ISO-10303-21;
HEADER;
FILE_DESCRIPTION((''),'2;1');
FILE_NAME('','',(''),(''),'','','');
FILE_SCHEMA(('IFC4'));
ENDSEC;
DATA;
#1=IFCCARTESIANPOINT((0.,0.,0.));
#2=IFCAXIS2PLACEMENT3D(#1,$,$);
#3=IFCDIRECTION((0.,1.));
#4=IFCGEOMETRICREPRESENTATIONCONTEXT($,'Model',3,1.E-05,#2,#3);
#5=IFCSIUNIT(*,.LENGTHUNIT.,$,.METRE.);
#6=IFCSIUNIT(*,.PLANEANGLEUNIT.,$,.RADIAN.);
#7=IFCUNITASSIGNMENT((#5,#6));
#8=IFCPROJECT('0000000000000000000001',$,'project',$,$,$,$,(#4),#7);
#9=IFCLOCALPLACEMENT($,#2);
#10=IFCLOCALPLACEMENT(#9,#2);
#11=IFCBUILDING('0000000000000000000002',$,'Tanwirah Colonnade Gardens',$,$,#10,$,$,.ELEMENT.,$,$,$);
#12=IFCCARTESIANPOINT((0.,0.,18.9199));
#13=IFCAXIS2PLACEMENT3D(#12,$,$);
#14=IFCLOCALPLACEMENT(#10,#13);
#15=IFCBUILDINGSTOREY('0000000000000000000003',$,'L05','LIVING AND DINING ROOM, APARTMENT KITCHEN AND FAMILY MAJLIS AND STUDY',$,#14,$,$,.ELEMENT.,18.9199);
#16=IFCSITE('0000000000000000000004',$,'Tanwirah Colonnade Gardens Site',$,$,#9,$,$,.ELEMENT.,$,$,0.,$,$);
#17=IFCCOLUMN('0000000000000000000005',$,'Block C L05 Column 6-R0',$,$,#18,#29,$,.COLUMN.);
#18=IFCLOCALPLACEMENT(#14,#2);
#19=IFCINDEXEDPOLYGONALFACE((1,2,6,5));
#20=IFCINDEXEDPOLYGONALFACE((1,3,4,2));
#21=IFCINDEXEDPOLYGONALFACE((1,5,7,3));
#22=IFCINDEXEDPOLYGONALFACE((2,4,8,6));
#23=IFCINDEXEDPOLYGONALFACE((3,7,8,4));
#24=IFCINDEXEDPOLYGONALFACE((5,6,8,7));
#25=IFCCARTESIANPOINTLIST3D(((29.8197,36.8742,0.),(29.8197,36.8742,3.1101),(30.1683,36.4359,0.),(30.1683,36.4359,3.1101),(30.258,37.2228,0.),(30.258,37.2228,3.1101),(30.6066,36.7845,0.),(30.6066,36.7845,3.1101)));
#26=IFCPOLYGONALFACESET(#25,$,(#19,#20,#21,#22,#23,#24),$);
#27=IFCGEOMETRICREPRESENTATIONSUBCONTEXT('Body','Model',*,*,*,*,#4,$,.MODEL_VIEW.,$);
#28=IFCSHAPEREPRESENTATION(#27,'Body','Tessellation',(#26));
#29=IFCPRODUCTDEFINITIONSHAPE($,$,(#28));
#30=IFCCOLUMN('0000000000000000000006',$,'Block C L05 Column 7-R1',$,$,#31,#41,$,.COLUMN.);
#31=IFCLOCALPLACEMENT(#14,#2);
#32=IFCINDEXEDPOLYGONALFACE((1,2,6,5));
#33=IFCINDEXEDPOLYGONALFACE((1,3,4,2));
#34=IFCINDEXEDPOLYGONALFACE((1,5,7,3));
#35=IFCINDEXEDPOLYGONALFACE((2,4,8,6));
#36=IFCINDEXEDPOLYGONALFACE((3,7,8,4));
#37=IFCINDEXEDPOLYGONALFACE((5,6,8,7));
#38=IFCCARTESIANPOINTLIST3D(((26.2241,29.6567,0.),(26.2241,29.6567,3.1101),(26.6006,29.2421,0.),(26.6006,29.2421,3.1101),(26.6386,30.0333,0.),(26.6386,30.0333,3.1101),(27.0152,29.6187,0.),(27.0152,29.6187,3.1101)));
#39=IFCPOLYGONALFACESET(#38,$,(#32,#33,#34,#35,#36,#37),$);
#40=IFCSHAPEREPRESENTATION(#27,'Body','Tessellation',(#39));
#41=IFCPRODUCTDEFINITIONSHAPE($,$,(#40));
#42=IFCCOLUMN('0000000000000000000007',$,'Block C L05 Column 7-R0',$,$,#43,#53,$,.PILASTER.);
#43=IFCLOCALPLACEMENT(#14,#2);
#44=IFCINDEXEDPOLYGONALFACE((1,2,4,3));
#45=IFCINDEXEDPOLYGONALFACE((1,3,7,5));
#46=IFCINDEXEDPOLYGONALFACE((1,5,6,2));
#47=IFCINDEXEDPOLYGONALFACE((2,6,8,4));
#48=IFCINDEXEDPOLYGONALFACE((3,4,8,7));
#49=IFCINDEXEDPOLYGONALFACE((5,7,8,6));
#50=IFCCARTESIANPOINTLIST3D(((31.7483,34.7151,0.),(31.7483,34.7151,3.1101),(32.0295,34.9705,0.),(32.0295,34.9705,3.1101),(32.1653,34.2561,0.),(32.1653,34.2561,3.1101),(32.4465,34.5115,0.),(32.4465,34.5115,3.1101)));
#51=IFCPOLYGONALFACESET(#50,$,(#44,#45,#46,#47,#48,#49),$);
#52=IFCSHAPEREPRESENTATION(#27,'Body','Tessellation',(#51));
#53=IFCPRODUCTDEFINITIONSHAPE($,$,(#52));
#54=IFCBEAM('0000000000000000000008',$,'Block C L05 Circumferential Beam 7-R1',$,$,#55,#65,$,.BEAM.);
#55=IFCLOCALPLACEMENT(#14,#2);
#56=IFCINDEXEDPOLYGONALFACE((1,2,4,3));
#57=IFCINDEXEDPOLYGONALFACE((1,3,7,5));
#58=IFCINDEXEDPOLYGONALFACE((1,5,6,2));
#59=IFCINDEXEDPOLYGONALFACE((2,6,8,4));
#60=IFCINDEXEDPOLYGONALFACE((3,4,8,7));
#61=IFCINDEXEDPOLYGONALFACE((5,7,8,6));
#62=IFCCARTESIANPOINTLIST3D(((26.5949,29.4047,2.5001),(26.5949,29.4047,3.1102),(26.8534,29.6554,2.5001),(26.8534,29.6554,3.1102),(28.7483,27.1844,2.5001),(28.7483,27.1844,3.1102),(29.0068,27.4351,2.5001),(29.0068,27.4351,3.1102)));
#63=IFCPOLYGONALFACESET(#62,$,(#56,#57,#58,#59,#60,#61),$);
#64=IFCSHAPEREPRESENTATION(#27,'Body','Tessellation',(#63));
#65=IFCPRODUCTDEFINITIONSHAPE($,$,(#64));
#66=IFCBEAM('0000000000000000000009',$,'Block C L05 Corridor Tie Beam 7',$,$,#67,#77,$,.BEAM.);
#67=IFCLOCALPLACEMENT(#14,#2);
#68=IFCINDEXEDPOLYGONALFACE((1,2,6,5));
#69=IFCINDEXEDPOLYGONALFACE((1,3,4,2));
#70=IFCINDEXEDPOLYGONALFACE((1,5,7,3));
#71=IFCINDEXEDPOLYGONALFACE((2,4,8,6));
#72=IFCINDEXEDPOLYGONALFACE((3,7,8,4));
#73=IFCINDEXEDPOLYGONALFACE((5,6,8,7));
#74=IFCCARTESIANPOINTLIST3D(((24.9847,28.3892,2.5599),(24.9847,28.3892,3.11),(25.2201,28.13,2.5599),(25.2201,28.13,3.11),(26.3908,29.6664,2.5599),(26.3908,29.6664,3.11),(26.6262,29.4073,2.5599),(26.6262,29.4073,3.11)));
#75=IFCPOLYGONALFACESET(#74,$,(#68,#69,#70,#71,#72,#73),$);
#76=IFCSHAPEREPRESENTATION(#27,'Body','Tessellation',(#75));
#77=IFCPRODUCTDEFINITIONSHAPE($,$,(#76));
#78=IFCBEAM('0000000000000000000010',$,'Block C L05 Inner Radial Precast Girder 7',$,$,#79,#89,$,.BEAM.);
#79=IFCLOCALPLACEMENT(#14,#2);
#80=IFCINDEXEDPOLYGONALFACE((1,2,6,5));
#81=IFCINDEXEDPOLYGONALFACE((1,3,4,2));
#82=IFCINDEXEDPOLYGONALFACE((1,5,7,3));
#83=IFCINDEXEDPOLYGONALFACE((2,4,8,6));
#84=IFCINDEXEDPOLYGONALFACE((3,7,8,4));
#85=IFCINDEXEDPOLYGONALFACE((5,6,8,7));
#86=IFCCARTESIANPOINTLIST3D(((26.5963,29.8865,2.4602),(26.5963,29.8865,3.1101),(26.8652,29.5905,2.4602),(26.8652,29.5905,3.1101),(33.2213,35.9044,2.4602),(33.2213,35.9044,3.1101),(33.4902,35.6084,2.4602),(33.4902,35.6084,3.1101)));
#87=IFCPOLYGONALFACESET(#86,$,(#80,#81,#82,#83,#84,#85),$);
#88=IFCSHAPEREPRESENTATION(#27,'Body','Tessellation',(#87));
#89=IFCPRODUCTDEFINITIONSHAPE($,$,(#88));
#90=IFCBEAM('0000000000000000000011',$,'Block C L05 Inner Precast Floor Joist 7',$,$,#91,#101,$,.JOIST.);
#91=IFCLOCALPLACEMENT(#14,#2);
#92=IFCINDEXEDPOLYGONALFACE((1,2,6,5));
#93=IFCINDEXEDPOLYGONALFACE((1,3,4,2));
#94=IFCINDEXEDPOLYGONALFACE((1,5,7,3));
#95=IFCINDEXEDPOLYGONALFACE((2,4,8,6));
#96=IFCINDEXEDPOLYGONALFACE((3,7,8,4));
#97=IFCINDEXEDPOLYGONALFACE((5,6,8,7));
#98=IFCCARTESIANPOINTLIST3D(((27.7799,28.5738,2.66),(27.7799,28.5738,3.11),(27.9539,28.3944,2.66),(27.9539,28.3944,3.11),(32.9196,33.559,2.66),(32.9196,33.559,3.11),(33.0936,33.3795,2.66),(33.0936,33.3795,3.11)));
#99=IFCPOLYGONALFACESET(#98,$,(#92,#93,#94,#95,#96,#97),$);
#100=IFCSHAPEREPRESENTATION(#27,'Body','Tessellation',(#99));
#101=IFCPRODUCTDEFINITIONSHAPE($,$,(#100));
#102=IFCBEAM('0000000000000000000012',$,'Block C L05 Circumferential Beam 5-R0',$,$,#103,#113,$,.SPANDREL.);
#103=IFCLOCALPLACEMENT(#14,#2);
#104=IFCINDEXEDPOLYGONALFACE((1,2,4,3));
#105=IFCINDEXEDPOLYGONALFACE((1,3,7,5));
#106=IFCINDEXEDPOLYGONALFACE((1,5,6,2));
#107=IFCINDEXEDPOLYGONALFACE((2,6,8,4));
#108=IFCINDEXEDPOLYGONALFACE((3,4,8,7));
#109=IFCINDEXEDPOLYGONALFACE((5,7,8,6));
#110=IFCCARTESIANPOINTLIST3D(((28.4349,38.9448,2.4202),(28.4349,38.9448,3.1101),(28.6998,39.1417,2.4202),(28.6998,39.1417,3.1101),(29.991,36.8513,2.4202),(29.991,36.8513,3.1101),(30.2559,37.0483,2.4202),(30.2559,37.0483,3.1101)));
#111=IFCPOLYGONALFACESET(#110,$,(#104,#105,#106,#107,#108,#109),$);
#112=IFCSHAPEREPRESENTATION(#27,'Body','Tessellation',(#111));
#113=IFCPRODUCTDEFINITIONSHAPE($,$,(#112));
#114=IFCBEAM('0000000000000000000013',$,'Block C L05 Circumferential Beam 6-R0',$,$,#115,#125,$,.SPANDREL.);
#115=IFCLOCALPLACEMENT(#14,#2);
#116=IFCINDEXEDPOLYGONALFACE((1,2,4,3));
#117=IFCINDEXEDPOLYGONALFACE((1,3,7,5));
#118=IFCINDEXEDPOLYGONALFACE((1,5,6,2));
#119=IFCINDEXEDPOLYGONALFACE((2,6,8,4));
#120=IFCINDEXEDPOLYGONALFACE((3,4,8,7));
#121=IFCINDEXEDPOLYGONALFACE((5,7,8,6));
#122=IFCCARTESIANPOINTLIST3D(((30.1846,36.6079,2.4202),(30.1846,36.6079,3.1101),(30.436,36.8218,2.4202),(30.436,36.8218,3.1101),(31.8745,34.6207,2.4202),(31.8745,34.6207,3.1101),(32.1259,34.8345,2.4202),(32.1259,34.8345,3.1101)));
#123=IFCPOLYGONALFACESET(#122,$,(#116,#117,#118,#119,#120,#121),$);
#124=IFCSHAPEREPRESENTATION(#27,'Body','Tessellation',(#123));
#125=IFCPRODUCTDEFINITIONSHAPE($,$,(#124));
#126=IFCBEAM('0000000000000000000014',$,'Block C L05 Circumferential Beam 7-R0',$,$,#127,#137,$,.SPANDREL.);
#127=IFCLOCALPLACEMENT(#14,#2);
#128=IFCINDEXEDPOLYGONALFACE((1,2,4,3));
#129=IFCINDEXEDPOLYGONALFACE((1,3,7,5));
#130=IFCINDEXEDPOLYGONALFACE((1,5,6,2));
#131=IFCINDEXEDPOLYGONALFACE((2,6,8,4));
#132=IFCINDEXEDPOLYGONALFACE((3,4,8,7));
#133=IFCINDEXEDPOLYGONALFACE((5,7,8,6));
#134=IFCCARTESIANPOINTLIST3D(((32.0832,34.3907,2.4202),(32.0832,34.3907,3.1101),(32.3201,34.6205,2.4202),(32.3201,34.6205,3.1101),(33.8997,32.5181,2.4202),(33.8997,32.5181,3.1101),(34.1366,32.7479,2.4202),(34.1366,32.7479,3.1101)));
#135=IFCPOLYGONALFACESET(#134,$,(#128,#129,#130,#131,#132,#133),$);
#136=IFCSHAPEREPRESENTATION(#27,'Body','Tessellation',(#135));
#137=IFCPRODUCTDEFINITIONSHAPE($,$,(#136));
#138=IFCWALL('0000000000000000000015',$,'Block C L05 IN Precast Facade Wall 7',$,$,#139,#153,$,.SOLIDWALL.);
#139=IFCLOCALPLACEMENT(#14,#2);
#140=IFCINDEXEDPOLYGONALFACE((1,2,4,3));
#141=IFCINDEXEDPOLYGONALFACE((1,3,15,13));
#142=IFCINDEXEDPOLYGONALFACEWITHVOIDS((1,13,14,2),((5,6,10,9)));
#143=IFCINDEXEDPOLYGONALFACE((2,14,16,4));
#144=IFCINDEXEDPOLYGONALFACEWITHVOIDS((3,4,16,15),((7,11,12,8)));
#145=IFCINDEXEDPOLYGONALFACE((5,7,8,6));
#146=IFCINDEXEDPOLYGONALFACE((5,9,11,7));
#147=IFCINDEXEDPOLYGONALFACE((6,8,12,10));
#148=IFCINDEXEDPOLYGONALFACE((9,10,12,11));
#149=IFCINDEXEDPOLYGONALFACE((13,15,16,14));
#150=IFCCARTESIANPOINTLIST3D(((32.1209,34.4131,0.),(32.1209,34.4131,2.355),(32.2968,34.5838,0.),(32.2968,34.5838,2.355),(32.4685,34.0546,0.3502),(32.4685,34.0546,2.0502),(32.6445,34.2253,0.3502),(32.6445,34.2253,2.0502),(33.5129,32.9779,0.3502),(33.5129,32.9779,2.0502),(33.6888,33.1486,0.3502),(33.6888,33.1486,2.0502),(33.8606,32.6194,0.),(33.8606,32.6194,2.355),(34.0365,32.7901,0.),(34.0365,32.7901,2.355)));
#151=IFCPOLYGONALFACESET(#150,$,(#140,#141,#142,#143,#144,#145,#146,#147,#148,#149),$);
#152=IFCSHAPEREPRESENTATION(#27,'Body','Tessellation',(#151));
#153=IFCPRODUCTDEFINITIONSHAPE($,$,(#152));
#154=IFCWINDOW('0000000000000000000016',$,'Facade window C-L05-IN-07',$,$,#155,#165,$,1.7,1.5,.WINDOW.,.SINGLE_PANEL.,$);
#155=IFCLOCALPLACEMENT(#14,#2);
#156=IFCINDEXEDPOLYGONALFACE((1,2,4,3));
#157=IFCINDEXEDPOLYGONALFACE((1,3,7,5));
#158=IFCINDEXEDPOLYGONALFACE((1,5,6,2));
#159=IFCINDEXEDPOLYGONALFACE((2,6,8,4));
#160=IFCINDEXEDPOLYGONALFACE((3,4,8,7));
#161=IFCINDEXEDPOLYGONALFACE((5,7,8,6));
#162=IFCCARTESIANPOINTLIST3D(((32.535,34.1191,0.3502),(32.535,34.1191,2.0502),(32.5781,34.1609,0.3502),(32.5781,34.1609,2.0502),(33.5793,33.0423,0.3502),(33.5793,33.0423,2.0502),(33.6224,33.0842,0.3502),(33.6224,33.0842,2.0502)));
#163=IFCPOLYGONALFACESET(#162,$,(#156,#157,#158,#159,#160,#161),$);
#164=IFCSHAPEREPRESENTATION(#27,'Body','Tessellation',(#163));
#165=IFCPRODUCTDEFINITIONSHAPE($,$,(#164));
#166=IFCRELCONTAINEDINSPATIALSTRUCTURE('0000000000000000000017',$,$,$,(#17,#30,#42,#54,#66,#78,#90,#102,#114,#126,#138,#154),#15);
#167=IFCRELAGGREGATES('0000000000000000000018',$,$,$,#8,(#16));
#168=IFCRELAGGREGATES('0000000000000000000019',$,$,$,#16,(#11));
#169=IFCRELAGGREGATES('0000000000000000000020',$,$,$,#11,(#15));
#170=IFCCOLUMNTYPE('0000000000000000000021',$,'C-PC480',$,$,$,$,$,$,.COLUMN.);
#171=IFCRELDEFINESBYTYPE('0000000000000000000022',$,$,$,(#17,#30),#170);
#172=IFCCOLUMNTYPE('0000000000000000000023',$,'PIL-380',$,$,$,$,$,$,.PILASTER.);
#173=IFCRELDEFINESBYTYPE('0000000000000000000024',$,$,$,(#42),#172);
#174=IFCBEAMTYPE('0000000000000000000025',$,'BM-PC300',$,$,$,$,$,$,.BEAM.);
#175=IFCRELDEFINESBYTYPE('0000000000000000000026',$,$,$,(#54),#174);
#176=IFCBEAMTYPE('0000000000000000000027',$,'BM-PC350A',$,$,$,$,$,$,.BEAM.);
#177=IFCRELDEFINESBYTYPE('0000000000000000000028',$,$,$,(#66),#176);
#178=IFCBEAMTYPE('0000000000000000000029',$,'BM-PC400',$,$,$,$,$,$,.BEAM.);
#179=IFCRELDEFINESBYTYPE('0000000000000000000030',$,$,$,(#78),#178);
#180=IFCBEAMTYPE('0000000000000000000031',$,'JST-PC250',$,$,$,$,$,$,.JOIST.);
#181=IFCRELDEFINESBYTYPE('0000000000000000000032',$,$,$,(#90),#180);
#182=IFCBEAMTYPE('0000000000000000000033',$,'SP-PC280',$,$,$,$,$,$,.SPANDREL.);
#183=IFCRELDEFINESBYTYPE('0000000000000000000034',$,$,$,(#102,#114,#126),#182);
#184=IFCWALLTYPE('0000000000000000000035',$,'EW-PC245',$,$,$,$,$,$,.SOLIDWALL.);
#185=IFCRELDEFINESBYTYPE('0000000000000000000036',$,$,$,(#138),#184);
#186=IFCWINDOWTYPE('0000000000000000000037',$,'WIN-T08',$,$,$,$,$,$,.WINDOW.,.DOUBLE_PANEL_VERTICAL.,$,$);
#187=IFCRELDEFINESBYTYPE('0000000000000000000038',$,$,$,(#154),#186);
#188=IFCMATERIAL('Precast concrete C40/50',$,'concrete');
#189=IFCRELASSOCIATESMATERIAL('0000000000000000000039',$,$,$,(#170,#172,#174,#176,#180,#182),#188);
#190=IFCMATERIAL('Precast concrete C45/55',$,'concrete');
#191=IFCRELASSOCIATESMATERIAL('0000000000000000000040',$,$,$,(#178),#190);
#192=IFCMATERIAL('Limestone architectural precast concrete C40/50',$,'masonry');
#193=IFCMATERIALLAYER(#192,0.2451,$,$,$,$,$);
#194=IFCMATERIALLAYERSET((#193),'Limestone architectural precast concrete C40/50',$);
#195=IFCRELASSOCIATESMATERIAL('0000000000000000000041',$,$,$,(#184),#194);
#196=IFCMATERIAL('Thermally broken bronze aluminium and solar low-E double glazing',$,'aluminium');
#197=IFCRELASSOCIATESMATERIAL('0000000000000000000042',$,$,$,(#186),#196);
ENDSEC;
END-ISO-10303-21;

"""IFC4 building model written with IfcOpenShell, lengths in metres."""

from ifc_helpers import new_model, si_unit, direction, frame, frame_2d, origin, origin_2d, place, context, subcontext, project, spatial, rectangle, extrude, material, layer, layer_set, material_profile, profile_set, type_object, element, fill, save


model = new_model("IFC4")

# Units and contexts
model_context = context("Model", 3, precision=1e-05, world=origin(), true_north=direction((0.0, 1.0)))
body_context = subcontext(model_context, "Body", "Model", "MODEL_VIEW")
ifc_project = project(units=[si_unit("LENGTHUNIT", "METRE"), si_unit("PLANEANGLEUNIT", "RADIAN")], contexts=[model_context])

# Site, building, storey
site_placement = place(None, origin())
site = spatial("IfcSite", under=ifc_project, at=site_placement, Name="Tanwirah Colonnade Gardens Site", CompositionType="ELEMENT", RefElevation=0.0)
building_placement = place(site_placement, origin())
building = spatial("IfcBuilding", under=site, at=building_placement, Name="Tanwirah Colonnade Gardens", CompositionType="ELEMENT")
storey_placement = place(building_placement, frame((0.0, 0.0, 18.9199)))
storey = spatial("IfcBuildingStorey", under=building, at=storey_placement, Name="L05", Description="LIVING AND DINING ROOM, APARTMENT KITCHEN AND FAMILY MAJLIS AND STUDY", CompositionType="ELEMENT", Elevation=18.9199)

# Columns
ifc_material_1 = material(Name="Precast concrete C40/50", Category="concrete")
ifc_material_profile_1 = material_profile(ifc_material_1, rectangle(XDim=0.5601, YDim=0.5601, at=origin_2d()), Name="PC-COL 560x560")
ifc_profile_set_1 = profile_set([ifc_material_profile_1], Name="Precast concrete C40/50")
column_type_1 = type_object("IfcColumnType", Name="C-PC480", PredefinedType="COLUMN", material=ifc_profile_set_1)
for number, where, z_axis, x_axis, name in (
    (1, (30.2131, 36.8293, 0.0), (0.0, 0.0, 1.0), (-0.782608, -0.622515, 0.0), "Block C L05 Column 6-R0"),
    (2, (26.6196, 29.6377, 0.0), (0.0, 0.0, 1.0), (-0.740218, -0.672367, 0.0), "Block C L05 Column 7-R1"),
):
    element("IfcColumn", number, at=place(storey_placement, frame(where, z_axis=z_axis, x_axis=x_axis)), inside=storey, type_object=column_type_1, Name=name, PredefinedType="COLUMN", context=body_context, shape_type="SweptSolid", body=[
        extrude(rectangle(XDim=0.5601, YDim=0.5601, at=origin_2d()), origin(), (0.0, 0.0, 1.0), 3.1101),
    ])
ifc_material_profile_2 = material_profile(ifc_material_1, rectangle(XDim=0.3799, YDim=0.6201, at=origin_2d()), Name="PC-PIL 380x620")
ifc_profile_set_2 = profile_set([ifc_material_profile_2], Name="Precast concrete C40/50")
column_type_2 = type_object("IfcColumnType", Name="PIL-380", PredefinedType="PILASTER", material=ifc_profile_set_2)
column_placement = place(storey_placement, frame((32.0974, 34.6133, 0.0), z_axis=(0.0, 0.0, 1.0), x_axis=(-0.740218, -0.672367, 0.0)))
element("IfcColumn", 3, at=column_placement, inside=storey, type_object=column_type_2, Name="Block C L05 Column 7-R0", PredefinedType="PILASTER", context=body_context, shape_type="SweptSolid", body=[
    extrude(rectangle(XDim=0.3799, YDim=0.6201, at=origin_2d()), origin(), (0.0, 0.0, 1.0), 3.1101),
])

# Beams
ifc_material_profile_3 = material_profile(ifc_material_1, rectangle(XDim=0.3601, YDim=0.6101, at=origin_2d()), Name="PC-BM 360x610")
ifc_profile_set_3 = profile_set([ifc_material_profile_3], Name="Precast concrete C40/50")
beam_type_1 = type_object("IfcBeamType", Name="BM-PC300", PredefinedType="BEAM", material=ifc_profile_set_3)
beam_1_placement = place(storey_placement, frame((26.7241, 29.53, 2.8052), z_axis=(0.69621, -0.717838, 0.0), x_axis=(0.717838, 0.69621, 0.0)))
element("IfcBeam", 4, at=beam_1_placement, inside=storey, type_object=beam_type_1, Name="Block C L05 Circumferential Beam 7-R1", PredefinedType="BEAM", context=body_context, shape_type="SweptSolid", body=[
    extrude(rectangle(XDim=0.3601, YDim=0.6101, at=origin_2d()), origin(), (0.0, 0.0, 1.0), 3.093),
])
ifc_material_profile_4 = material_profile(ifc_material_1, rectangle(XDim=0.3501, YDim=0.55, at=origin_2d()), Name="PC-BM 350x550")
ifc_profile_set_4 = profile_set([ifc_material_profile_4], Name="Precast concrete C40/50")
beam_type_2 = type_object("IfcBeamType", Name="BM-PC350A", PredefinedType="BEAM", material=ifc_profile_set_4)
beam_2_placement = place(storey_placement, frame((26.5085, 29.5369, 2.835), z_axis=(-0.740219, -0.672366, 0.0), x_axis=(0.672366, -0.740219, 0.0)))
element("IfcBeam", 5, at=beam_2_placement, inside=storey, type_object=beam_type_2, Name="Block C L05 Corridor Tie Beam 7", PredefinedType="BEAM", context=body_context, shape_type="SweptSolid", body=[
    extrude(rectangle(XDim=0.3501, YDim=0.55, at=origin_2d()), origin(), (0.0, 0.0, 1.0), 1.8997),
])
ifc_material_2 = material(Name="Precast concrete C45/55", Category="concrete")
ifc_material_profile_5 = material_profile(ifc_material_2, rectangle(XDim=0.3999, YDim=0.6499, at=origin_2d()), Name="PC-BM 400x650")
ifc_profile_set_5 = profile_set([ifc_material_profile_5], Name="Precast concrete C45/55")
beam_type_3 = type_object("IfcBeamType", Name="BM-PC400", PredefinedType="BEAM", material=ifc_profile_set_5)
beam_3_placement = place(storey_placement, frame((26.7307, 29.7385, 2.7852), z_axis=(0.740213, 0.672373, 0.0), x_axis=(-0.672373, 0.740213, 0.0)))
element("IfcBeam", 6, at=beam_3_placement, inside=storey, type_object=beam_type_3, Name="Block C L05 Inner Radial Precast Girder 7", PredefinedType="BEAM", context=body_context, shape_type="SweptSolid", body=[
    extrude(rectangle(XDim=0.3999, YDim=0.6499, at=origin_2d()), origin(), (0.0, 0.0, 1.0), 8.9502),
])
ifc_material_profile_6 = material_profile(ifc_material_1, rectangle(XDim=0.25, YDim=0.45, at=origin_2d()), Name="PC-JST 250x450")
ifc_profile_set_6 = profile_set([ifc_material_profile_6], Name="Precast concrete C40/50")
beam_type_4 = type_object("IfcBeamType", Name="JST-PC250", PredefinedType="JOIST", material=ifc_profile_set_6)
beam_4_placement = place(storey_placement, frame((33.0066, 33.4692, 2.885), z_axis=(-0.717816, -0.696233, 0.0), x_axis=(0.696233, -0.717816, 0.0)))
element("IfcBeam", 7, at=beam_4_placement, inside=storey, type_object=beam_type_4, Name="Block C L05 Inner Precast Floor Joist 7", PredefinedType="JOIST", context=body_context, shape_type="SweptSolid", body=[
    extrude(rectangle(XDim=0.25, YDim=0.45, at=origin_2d()), origin(), (0.0, 0.0, 1.0), 7.1602),
])
ifc_material_profile_7 = material_profile(ifc_material_1, rectangle(XDim=0.3301, YDim=0.6899, at=origin_2d()), Name="PC-SP 330x690")
ifc_profile_set_7 = profile_set([ifc_material_profile_7], Name="Precast concrete C40/50")
beam_type_5 = type_object("IfcBeamType", Name="SP-PC280", PredefinedType="SPANDREL", material=ifc_profile_set_7)
beam_5_placement = place(storey_placement, frame((28.5674, 39.0432, 2.7651), z_axis=(0.596565, -0.802565, 0.0), x_axis=(0.802565, 0.596565, 0.0)))
element("IfcBeam", 8, at=beam_5_placement, inside=storey, type_object=beam_type_5, Name="Block C L05 Circumferential Beam 5-R0", PredefinedType="SPANDREL", context=body_context, shape_type="SweptSolid", body=[
    extrude(rectangle(XDim=0.3301, YDim=0.6899, at=origin_2d()), origin(), (0.0, 0.0, 1.0), 2.6084),
])
beam_6_placement = place(storey_placement, frame((30.3103, 36.7148, 2.7651), z_axis=(0.647811, -0.761801, 0.0), x_axis=(0.761801, 0.647811, 0.0)))
element("IfcBeam", 9, at=beam_6_placement, inside=storey, type_object=beam_type_5, Name="Block C L05 Circumferential Beam 6-R0", PredefinedType="SPANDREL", context=body_context, shape_type="SweptSolid", body=[
    extrude(rectangle(XDim=0.3301, YDim=0.6899, at=origin_2d()), origin(), (0.0, 0.0, 1.0), 2.6086),
])
beam_7_placement = place(storey_placement, frame((32.2017, 34.5056, 2.7651), z_axis=(0.696263, -0.717787, 0.0), x_axis=(0.717787, 0.696263, 0.0)))
element("IfcBeam", 10, at=beam_7_placement, inside=storey, type_object=beam_type_5, Name="Block C L05 Circumferential Beam 7-R0", PredefinedType="SPANDREL", context=body_context, shape_type="SweptSolid", body=[
    extrude(rectangle(XDim=0.3301, YDim=0.6899, at=origin_2d()), origin(), (0.0, 0.0, 1.0), 2.6089),
])

# Wall, opening, window
ifc_material_3 = material(Name="Limestone architectural precast concrete C40/50", Category="masonry")
ifc_layer_1 = layer(ifc_material_3, 0.2451)
ifc_layer_set_1 = layer_set([ifc_layer_1], Name="Limestone architectural precast concrete C40/50")
wall_type_1 = type_object("IfcWallType", Name="EW-PC245", PredefinedType="SOLIDWALL", material=ifc_layer_set_1)
wall_1_placement = place(storey_placement, frame((32.2087, 34.4985, 0.0), z_axis=(0.0, 0.0, 1.0), x_axis=(0.696228, -0.71782, 0.0)))
wall_1 = element("IfcWall", 11, at=wall_1_placement, inside=storey, type_object=wall_type_1, Name="Block C L05 IN Precast Facade Wall 7", PredefinedType="SOLIDWALL", context=body_context, shape_type="SweptSolid", body=[
    extrude(rectangle(XDim=2.4988, YDim=0.2451, at=frame_2d((1.2495, 0.0))), origin(), (0.0, 0.0, 1.0), 2.355),
])
opening_1_placement = place(wall_1_placement, frame((0.4995, 0.0, 0.3501)))
opening_1 = element("IfcOpeningElement", 12, at=opening_1_placement, cuts=wall_1, PredefinedType="OPENING", context=body_context, shape_type="SweptSolid", body=[
    extrude(rectangle(XDim=1.5, YDim=1.7, at=frame_2d((0.75, 0.8501))), frame((0.0, 0.1326, 0.0), z_axis=(0.0, -1.0, 0.0), x_axis=(1.0, 0.0, 0.0)), (0.0, 0.0, 1.0), 0.2651),
])
ifc_material_4 = material(Name="Thermally broken bronze aluminium and solar low-E double glazing", Category="aluminium")
window_type = type_object("IfcWindowType", Name="WIN-T08", PartitioningType="DOUBLE_PANEL_VERTICAL", PredefinedType="WINDOW", material=ifc_material_4)
window_placement = place(opening_1_placement, origin())
window = element("IfcWindow", 13, at=window_placement, inside=storey, type_object=window_type, Name="Facade window C-L05-IN-07", OverallHeight=1.7, OverallWidth=1.5, PartitioningType="SINGLE_PANEL", PredefinedType="WINDOW", context=body_context, shape_type="SweptSolid", body=[
    extrude(rectangle(XDim=1.5, YDim=1.7, at=frame_2d((0.75, 0.8501))), frame((0.0, 0.03, 0.0), z_axis=(0.0, -1.0, 0.0), x_axis=(1.0, 0.0, 0.0)), (0.0, 0.0, 1.0), 0.0601),
])
fill(opening_1, window)

save(model, "model.ifc")
